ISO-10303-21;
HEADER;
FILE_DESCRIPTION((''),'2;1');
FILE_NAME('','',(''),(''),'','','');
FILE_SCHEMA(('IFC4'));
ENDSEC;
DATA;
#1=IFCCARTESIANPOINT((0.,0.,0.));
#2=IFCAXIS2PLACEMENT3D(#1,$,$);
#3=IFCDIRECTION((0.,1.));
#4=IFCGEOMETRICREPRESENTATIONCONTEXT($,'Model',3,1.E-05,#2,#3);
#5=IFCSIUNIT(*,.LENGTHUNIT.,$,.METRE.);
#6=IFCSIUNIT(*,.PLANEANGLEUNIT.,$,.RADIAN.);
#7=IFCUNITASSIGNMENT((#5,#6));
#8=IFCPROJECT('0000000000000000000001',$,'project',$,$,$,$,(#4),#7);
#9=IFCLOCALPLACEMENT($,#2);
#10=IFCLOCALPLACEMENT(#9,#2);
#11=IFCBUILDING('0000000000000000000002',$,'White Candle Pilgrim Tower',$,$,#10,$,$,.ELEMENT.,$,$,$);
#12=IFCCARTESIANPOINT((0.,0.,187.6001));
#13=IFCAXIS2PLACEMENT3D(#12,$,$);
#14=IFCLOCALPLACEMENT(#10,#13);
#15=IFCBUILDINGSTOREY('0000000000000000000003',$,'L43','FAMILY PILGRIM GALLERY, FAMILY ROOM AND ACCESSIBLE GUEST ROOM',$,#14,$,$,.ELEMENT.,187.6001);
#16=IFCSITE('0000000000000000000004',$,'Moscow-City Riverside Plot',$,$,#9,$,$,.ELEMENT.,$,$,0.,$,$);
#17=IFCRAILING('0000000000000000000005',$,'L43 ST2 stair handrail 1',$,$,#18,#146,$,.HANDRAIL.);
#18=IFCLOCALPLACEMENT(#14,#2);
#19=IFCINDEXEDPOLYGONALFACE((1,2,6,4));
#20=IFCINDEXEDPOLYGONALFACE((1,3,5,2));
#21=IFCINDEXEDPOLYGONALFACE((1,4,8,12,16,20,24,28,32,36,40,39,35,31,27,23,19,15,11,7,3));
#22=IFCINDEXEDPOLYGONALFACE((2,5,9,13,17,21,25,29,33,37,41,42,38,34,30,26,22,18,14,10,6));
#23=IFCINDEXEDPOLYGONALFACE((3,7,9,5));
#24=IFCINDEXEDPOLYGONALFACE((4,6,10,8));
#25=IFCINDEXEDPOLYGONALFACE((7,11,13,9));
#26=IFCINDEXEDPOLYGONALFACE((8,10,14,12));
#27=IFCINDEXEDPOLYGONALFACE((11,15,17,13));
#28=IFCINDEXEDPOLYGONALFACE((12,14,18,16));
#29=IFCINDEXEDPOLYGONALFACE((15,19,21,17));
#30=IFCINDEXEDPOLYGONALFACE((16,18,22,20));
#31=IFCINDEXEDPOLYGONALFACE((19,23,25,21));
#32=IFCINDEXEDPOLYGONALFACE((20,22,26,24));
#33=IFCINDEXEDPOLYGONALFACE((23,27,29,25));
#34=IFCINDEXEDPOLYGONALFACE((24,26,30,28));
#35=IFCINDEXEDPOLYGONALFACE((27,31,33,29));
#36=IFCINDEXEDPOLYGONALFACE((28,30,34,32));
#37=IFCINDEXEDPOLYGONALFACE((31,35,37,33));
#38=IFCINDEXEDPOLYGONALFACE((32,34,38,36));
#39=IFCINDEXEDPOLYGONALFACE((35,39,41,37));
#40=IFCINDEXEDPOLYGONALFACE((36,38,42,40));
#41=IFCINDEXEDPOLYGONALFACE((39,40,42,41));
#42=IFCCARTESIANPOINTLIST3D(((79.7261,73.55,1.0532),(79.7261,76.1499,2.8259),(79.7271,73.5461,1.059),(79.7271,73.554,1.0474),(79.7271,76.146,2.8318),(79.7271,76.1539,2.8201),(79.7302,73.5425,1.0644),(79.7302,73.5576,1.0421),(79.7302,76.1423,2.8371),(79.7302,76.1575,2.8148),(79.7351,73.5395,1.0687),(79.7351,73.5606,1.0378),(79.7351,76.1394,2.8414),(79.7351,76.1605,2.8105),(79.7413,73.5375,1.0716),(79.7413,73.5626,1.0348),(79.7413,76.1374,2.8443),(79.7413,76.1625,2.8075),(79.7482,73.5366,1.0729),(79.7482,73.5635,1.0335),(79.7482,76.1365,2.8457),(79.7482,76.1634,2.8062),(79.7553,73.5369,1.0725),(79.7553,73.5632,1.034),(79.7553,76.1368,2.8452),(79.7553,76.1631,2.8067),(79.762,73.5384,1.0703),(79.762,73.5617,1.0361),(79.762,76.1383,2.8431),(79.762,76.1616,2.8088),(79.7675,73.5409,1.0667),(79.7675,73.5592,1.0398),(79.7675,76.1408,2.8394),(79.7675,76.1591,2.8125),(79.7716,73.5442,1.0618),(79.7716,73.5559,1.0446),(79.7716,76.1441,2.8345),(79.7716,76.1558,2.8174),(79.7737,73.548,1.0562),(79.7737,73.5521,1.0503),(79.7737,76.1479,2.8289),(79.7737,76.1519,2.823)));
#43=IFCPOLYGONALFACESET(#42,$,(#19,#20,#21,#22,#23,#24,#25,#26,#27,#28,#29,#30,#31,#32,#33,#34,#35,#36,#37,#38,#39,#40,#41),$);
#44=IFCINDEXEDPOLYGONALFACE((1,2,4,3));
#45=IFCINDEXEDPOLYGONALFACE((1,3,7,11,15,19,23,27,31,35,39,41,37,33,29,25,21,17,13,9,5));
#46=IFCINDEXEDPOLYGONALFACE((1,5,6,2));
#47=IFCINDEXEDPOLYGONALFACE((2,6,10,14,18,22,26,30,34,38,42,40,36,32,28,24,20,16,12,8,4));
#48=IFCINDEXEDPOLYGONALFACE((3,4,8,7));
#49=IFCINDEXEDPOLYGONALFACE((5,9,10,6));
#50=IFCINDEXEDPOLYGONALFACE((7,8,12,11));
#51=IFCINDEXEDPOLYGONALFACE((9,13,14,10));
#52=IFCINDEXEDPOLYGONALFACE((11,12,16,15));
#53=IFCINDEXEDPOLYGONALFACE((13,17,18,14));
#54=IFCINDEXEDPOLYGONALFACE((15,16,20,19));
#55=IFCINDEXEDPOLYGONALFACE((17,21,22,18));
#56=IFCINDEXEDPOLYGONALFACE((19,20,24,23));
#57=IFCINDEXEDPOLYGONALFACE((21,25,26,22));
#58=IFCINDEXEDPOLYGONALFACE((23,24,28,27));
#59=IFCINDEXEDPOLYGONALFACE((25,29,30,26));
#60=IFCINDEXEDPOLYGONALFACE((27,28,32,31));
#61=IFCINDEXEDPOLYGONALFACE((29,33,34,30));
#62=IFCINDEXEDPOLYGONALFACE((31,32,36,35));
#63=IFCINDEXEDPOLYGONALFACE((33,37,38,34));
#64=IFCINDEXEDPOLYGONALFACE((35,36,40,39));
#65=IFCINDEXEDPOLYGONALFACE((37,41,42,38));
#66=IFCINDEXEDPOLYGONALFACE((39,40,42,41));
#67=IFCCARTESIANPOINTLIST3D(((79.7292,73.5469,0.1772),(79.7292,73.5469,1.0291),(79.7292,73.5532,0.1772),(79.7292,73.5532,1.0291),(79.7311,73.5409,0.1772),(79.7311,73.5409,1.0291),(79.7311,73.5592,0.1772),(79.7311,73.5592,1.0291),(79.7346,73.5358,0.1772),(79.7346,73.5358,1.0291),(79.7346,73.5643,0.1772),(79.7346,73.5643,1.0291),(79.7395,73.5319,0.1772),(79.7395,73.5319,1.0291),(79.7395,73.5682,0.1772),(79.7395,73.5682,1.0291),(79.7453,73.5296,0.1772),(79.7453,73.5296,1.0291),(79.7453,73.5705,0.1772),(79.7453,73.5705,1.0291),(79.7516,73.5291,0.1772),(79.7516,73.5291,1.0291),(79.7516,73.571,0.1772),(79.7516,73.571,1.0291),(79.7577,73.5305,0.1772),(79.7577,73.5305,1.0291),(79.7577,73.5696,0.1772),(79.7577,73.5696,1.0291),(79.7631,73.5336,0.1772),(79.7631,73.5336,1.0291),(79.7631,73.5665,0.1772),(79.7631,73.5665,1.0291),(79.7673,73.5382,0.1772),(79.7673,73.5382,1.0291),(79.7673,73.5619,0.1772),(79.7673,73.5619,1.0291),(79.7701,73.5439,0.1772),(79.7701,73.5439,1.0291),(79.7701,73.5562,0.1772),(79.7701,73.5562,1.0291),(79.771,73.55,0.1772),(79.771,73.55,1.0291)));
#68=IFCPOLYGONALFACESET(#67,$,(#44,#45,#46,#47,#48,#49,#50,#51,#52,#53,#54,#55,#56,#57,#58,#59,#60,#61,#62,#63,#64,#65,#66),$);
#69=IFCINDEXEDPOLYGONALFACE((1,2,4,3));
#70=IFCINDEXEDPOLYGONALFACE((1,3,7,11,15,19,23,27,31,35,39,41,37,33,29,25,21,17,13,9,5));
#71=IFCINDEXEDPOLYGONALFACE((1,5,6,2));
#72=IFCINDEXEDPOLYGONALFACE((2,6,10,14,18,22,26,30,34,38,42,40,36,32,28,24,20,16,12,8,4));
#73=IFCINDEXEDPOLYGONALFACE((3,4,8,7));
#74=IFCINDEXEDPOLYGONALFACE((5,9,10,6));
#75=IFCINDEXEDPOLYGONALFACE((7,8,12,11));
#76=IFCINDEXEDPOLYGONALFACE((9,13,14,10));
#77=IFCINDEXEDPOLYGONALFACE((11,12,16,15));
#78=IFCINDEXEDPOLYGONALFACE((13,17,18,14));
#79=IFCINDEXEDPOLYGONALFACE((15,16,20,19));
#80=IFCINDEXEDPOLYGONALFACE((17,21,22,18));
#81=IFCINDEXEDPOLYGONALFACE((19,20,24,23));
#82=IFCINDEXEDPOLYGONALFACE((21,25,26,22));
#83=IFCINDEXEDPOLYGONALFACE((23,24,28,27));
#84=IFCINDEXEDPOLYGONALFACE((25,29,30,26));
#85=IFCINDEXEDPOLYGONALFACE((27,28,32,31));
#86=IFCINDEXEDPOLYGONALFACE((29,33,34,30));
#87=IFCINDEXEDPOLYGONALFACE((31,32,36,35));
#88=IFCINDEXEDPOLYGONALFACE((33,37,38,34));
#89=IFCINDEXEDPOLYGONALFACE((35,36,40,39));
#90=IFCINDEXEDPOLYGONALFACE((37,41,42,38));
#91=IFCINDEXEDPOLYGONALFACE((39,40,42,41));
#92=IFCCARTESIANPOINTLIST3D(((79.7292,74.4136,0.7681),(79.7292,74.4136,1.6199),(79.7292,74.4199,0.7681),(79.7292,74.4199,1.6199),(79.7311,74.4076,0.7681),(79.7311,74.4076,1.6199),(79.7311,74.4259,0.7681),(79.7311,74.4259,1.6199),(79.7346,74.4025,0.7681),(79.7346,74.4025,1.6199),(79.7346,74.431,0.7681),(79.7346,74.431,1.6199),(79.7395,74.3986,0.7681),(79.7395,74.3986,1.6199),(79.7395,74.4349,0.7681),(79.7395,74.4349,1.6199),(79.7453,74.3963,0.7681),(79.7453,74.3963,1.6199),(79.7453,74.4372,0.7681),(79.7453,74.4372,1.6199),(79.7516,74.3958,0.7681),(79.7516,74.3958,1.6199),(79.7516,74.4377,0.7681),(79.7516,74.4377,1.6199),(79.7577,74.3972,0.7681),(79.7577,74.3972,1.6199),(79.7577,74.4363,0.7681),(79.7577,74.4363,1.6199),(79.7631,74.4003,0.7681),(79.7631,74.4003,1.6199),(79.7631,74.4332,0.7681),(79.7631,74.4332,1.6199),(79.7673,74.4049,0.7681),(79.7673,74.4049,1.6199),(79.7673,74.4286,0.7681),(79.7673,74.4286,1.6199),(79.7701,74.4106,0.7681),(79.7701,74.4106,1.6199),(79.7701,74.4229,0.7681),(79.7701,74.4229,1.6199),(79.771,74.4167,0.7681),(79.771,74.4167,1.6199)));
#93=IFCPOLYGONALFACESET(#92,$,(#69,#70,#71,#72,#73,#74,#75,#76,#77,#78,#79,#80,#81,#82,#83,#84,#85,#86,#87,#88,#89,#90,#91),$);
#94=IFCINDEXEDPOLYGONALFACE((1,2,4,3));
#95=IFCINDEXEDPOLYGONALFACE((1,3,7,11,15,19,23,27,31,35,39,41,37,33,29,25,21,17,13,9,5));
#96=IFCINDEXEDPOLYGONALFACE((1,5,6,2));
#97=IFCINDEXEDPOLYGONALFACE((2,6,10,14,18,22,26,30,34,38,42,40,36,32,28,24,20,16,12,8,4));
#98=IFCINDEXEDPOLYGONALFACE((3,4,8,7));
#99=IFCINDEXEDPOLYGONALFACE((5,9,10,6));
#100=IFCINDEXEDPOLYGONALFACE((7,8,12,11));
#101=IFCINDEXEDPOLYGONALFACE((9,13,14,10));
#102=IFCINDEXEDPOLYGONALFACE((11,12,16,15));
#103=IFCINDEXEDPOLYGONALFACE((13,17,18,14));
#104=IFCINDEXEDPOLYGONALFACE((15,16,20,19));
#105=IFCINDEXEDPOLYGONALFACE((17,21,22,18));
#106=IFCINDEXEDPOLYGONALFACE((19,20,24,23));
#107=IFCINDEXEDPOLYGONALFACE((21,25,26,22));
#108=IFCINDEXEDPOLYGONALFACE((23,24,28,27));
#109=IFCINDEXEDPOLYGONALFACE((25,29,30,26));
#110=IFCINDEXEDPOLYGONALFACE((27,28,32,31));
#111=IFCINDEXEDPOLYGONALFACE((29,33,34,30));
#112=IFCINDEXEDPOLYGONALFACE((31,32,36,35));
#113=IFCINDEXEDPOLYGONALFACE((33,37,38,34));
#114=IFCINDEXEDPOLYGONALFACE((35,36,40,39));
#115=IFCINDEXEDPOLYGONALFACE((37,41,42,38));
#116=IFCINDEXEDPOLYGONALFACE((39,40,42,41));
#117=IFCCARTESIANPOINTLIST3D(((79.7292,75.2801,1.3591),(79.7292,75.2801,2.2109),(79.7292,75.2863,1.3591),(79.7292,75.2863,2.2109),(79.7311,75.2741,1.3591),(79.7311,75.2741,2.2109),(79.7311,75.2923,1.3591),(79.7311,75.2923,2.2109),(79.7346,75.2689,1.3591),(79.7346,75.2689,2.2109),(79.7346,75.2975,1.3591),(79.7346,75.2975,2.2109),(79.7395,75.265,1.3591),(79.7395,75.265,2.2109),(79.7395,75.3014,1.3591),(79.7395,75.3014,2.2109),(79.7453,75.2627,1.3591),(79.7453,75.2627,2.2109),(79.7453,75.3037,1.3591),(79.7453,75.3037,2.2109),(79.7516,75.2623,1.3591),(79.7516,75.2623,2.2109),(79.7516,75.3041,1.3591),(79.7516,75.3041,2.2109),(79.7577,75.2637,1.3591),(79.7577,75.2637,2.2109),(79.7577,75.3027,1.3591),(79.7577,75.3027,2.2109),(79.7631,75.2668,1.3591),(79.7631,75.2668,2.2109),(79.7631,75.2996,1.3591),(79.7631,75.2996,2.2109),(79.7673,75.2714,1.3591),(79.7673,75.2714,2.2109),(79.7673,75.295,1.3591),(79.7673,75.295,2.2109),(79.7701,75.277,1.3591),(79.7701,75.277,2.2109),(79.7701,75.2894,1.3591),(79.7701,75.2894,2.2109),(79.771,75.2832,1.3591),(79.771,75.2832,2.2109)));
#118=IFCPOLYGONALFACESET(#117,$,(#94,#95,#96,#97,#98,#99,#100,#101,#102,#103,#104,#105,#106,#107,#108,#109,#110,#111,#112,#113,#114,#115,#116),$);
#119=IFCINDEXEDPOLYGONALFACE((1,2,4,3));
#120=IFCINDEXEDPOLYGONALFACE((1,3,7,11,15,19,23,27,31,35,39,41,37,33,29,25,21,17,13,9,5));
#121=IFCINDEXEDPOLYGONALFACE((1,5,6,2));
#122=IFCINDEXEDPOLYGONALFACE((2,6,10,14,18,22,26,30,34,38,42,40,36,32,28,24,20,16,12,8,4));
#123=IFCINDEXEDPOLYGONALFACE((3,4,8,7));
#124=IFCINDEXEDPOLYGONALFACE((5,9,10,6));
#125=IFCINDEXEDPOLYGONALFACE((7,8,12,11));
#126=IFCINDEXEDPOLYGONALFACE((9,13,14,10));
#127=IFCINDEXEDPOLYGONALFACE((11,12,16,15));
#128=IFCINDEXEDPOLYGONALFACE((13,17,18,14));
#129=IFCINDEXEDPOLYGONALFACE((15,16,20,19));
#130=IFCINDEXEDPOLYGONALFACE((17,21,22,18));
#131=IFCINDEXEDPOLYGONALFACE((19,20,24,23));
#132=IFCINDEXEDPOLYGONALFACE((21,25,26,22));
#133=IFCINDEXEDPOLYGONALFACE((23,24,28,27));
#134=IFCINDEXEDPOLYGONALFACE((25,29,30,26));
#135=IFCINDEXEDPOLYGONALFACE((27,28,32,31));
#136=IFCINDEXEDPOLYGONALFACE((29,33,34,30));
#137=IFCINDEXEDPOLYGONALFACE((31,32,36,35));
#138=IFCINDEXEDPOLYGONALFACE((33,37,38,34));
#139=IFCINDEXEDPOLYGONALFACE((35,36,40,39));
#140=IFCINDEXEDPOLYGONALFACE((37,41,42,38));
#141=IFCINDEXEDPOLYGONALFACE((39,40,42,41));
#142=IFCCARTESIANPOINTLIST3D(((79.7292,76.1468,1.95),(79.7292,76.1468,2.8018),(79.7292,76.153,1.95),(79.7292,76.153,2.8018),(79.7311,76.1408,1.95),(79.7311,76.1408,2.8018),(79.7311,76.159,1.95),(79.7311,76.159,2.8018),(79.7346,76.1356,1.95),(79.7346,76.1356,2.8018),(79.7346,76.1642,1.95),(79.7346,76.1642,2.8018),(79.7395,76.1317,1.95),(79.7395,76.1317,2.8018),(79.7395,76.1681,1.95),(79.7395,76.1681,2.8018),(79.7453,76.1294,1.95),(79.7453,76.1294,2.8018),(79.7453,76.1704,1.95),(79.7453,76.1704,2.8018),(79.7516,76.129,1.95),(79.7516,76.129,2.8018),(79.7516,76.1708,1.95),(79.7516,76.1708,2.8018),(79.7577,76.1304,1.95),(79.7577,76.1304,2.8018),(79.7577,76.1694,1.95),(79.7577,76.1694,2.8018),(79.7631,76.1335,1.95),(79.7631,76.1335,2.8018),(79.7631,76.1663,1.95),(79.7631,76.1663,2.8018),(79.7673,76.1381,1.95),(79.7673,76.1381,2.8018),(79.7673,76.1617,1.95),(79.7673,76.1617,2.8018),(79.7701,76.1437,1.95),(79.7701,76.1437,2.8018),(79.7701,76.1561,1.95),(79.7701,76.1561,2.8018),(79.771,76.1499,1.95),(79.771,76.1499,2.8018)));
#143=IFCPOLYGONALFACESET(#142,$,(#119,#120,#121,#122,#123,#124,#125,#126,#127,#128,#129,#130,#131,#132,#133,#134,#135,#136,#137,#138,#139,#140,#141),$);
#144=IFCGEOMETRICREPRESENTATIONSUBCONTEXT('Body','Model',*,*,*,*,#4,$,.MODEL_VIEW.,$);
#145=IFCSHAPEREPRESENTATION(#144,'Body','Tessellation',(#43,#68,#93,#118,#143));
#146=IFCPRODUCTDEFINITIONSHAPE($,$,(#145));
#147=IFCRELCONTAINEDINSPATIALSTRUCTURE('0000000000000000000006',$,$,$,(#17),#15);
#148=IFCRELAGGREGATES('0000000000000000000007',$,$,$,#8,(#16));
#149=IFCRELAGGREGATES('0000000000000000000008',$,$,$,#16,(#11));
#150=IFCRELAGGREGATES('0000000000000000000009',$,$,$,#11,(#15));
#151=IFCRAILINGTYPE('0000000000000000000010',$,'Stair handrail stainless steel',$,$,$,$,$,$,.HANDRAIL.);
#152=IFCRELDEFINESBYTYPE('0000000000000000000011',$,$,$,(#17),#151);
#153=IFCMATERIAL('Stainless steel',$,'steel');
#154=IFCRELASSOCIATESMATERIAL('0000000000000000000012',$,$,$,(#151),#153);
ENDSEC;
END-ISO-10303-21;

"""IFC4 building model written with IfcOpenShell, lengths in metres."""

from ifc_helpers import new_model, si_unit, direction, frame, origin, origin_2d, place, context, subcontext, project, spatial, circle, extrude, material, type_object, element, save


model = new_model("IFC4")

# Units and contexts
model_context = context("Model", 3, precision=1e-05, world=origin(), true_north=direction((0.0, 1.0)))
body_context = subcontext(model_context, "Body", "Model", "MODEL_VIEW")
ifc_project = project(units=[si_unit("LENGTHUNIT", "METRE"), si_unit("PLANEANGLEUNIT", "RADIAN")], contexts=[model_context])

# Site, building, storey
site_placement = place(None, origin())
site = spatial("IfcSite", under=ifc_project, at=site_placement, Name="Moscow-City Riverside Plot", CompositionType="ELEMENT", RefElevation=0.0)
building_placement = place(site_placement, origin())
building = spatial("IfcBuilding", under=site, at=building_placement, Name="White Candle Pilgrim Tower", CompositionType="ELEMENT")
storey_placement = place(building_placement, frame((0.0, 0.0, 187.6001)))
storey = spatial("IfcBuildingStorey", under=building, at=storey_placement, Name="L43", Description="FAMILY PILGRIM GALLERY, FAMILY ROOM AND ACCESSIBLE GUEST ROOM", CompositionType="ELEMENT", Elevation=187.6001)

# Railing
ifc_material_1 = material(Name="Stainless steel", Category="steel")
railing_type_1 = type_object("IfcRailingType", Name="Stair handrail stainless steel", PredefinedType="HANDRAIL", material=ifc_material_1)
railing_1_placement = place(storey_placement, frame((79.75, 73.55, 0.1772)))
element("IfcRailing", 1, at=railing_1_placement, inside=storey, type_object=railing_type_1, Name="L43 ST2 stair handrail 1", PredefinedType="HANDRAIL", context=body_context, shape_type="SweptSolid", body=[
    extrude(circle(Radius=0.0239, at=origin_2d()), frame((0.0, 0.0, 0.876), z_axis=(0.0, 0.826216, 0.563354), x_axis=(-1.0, 0.0, 0.0)), (0.0, 0.0, 1.0), 3.1467),
    extrude(circle(Radius=0.021, at=origin_2d()), origin(), (0.0, 0.0, 1.0), 0.8518),
    extrude(circle(Radius=0.021, at=origin_2d()), frame((0.0, 0.8667, 0.5908)), (0.0, 0.0, 1.0), 0.8518),
    extrude(circle(Radius=0.021, at=origin_2d()), frame((0.0, 1.7332, 1.1819)), (0.0, 0.0, 1.0), 0.8518),
    extrude(circle(Radius=0.021, at=origin_2d()), frame((0.0, 2.5999, 1.7727)), (0.0, 0.0, 1.0), 0.8518),
])

save(model, "model.ifc")
